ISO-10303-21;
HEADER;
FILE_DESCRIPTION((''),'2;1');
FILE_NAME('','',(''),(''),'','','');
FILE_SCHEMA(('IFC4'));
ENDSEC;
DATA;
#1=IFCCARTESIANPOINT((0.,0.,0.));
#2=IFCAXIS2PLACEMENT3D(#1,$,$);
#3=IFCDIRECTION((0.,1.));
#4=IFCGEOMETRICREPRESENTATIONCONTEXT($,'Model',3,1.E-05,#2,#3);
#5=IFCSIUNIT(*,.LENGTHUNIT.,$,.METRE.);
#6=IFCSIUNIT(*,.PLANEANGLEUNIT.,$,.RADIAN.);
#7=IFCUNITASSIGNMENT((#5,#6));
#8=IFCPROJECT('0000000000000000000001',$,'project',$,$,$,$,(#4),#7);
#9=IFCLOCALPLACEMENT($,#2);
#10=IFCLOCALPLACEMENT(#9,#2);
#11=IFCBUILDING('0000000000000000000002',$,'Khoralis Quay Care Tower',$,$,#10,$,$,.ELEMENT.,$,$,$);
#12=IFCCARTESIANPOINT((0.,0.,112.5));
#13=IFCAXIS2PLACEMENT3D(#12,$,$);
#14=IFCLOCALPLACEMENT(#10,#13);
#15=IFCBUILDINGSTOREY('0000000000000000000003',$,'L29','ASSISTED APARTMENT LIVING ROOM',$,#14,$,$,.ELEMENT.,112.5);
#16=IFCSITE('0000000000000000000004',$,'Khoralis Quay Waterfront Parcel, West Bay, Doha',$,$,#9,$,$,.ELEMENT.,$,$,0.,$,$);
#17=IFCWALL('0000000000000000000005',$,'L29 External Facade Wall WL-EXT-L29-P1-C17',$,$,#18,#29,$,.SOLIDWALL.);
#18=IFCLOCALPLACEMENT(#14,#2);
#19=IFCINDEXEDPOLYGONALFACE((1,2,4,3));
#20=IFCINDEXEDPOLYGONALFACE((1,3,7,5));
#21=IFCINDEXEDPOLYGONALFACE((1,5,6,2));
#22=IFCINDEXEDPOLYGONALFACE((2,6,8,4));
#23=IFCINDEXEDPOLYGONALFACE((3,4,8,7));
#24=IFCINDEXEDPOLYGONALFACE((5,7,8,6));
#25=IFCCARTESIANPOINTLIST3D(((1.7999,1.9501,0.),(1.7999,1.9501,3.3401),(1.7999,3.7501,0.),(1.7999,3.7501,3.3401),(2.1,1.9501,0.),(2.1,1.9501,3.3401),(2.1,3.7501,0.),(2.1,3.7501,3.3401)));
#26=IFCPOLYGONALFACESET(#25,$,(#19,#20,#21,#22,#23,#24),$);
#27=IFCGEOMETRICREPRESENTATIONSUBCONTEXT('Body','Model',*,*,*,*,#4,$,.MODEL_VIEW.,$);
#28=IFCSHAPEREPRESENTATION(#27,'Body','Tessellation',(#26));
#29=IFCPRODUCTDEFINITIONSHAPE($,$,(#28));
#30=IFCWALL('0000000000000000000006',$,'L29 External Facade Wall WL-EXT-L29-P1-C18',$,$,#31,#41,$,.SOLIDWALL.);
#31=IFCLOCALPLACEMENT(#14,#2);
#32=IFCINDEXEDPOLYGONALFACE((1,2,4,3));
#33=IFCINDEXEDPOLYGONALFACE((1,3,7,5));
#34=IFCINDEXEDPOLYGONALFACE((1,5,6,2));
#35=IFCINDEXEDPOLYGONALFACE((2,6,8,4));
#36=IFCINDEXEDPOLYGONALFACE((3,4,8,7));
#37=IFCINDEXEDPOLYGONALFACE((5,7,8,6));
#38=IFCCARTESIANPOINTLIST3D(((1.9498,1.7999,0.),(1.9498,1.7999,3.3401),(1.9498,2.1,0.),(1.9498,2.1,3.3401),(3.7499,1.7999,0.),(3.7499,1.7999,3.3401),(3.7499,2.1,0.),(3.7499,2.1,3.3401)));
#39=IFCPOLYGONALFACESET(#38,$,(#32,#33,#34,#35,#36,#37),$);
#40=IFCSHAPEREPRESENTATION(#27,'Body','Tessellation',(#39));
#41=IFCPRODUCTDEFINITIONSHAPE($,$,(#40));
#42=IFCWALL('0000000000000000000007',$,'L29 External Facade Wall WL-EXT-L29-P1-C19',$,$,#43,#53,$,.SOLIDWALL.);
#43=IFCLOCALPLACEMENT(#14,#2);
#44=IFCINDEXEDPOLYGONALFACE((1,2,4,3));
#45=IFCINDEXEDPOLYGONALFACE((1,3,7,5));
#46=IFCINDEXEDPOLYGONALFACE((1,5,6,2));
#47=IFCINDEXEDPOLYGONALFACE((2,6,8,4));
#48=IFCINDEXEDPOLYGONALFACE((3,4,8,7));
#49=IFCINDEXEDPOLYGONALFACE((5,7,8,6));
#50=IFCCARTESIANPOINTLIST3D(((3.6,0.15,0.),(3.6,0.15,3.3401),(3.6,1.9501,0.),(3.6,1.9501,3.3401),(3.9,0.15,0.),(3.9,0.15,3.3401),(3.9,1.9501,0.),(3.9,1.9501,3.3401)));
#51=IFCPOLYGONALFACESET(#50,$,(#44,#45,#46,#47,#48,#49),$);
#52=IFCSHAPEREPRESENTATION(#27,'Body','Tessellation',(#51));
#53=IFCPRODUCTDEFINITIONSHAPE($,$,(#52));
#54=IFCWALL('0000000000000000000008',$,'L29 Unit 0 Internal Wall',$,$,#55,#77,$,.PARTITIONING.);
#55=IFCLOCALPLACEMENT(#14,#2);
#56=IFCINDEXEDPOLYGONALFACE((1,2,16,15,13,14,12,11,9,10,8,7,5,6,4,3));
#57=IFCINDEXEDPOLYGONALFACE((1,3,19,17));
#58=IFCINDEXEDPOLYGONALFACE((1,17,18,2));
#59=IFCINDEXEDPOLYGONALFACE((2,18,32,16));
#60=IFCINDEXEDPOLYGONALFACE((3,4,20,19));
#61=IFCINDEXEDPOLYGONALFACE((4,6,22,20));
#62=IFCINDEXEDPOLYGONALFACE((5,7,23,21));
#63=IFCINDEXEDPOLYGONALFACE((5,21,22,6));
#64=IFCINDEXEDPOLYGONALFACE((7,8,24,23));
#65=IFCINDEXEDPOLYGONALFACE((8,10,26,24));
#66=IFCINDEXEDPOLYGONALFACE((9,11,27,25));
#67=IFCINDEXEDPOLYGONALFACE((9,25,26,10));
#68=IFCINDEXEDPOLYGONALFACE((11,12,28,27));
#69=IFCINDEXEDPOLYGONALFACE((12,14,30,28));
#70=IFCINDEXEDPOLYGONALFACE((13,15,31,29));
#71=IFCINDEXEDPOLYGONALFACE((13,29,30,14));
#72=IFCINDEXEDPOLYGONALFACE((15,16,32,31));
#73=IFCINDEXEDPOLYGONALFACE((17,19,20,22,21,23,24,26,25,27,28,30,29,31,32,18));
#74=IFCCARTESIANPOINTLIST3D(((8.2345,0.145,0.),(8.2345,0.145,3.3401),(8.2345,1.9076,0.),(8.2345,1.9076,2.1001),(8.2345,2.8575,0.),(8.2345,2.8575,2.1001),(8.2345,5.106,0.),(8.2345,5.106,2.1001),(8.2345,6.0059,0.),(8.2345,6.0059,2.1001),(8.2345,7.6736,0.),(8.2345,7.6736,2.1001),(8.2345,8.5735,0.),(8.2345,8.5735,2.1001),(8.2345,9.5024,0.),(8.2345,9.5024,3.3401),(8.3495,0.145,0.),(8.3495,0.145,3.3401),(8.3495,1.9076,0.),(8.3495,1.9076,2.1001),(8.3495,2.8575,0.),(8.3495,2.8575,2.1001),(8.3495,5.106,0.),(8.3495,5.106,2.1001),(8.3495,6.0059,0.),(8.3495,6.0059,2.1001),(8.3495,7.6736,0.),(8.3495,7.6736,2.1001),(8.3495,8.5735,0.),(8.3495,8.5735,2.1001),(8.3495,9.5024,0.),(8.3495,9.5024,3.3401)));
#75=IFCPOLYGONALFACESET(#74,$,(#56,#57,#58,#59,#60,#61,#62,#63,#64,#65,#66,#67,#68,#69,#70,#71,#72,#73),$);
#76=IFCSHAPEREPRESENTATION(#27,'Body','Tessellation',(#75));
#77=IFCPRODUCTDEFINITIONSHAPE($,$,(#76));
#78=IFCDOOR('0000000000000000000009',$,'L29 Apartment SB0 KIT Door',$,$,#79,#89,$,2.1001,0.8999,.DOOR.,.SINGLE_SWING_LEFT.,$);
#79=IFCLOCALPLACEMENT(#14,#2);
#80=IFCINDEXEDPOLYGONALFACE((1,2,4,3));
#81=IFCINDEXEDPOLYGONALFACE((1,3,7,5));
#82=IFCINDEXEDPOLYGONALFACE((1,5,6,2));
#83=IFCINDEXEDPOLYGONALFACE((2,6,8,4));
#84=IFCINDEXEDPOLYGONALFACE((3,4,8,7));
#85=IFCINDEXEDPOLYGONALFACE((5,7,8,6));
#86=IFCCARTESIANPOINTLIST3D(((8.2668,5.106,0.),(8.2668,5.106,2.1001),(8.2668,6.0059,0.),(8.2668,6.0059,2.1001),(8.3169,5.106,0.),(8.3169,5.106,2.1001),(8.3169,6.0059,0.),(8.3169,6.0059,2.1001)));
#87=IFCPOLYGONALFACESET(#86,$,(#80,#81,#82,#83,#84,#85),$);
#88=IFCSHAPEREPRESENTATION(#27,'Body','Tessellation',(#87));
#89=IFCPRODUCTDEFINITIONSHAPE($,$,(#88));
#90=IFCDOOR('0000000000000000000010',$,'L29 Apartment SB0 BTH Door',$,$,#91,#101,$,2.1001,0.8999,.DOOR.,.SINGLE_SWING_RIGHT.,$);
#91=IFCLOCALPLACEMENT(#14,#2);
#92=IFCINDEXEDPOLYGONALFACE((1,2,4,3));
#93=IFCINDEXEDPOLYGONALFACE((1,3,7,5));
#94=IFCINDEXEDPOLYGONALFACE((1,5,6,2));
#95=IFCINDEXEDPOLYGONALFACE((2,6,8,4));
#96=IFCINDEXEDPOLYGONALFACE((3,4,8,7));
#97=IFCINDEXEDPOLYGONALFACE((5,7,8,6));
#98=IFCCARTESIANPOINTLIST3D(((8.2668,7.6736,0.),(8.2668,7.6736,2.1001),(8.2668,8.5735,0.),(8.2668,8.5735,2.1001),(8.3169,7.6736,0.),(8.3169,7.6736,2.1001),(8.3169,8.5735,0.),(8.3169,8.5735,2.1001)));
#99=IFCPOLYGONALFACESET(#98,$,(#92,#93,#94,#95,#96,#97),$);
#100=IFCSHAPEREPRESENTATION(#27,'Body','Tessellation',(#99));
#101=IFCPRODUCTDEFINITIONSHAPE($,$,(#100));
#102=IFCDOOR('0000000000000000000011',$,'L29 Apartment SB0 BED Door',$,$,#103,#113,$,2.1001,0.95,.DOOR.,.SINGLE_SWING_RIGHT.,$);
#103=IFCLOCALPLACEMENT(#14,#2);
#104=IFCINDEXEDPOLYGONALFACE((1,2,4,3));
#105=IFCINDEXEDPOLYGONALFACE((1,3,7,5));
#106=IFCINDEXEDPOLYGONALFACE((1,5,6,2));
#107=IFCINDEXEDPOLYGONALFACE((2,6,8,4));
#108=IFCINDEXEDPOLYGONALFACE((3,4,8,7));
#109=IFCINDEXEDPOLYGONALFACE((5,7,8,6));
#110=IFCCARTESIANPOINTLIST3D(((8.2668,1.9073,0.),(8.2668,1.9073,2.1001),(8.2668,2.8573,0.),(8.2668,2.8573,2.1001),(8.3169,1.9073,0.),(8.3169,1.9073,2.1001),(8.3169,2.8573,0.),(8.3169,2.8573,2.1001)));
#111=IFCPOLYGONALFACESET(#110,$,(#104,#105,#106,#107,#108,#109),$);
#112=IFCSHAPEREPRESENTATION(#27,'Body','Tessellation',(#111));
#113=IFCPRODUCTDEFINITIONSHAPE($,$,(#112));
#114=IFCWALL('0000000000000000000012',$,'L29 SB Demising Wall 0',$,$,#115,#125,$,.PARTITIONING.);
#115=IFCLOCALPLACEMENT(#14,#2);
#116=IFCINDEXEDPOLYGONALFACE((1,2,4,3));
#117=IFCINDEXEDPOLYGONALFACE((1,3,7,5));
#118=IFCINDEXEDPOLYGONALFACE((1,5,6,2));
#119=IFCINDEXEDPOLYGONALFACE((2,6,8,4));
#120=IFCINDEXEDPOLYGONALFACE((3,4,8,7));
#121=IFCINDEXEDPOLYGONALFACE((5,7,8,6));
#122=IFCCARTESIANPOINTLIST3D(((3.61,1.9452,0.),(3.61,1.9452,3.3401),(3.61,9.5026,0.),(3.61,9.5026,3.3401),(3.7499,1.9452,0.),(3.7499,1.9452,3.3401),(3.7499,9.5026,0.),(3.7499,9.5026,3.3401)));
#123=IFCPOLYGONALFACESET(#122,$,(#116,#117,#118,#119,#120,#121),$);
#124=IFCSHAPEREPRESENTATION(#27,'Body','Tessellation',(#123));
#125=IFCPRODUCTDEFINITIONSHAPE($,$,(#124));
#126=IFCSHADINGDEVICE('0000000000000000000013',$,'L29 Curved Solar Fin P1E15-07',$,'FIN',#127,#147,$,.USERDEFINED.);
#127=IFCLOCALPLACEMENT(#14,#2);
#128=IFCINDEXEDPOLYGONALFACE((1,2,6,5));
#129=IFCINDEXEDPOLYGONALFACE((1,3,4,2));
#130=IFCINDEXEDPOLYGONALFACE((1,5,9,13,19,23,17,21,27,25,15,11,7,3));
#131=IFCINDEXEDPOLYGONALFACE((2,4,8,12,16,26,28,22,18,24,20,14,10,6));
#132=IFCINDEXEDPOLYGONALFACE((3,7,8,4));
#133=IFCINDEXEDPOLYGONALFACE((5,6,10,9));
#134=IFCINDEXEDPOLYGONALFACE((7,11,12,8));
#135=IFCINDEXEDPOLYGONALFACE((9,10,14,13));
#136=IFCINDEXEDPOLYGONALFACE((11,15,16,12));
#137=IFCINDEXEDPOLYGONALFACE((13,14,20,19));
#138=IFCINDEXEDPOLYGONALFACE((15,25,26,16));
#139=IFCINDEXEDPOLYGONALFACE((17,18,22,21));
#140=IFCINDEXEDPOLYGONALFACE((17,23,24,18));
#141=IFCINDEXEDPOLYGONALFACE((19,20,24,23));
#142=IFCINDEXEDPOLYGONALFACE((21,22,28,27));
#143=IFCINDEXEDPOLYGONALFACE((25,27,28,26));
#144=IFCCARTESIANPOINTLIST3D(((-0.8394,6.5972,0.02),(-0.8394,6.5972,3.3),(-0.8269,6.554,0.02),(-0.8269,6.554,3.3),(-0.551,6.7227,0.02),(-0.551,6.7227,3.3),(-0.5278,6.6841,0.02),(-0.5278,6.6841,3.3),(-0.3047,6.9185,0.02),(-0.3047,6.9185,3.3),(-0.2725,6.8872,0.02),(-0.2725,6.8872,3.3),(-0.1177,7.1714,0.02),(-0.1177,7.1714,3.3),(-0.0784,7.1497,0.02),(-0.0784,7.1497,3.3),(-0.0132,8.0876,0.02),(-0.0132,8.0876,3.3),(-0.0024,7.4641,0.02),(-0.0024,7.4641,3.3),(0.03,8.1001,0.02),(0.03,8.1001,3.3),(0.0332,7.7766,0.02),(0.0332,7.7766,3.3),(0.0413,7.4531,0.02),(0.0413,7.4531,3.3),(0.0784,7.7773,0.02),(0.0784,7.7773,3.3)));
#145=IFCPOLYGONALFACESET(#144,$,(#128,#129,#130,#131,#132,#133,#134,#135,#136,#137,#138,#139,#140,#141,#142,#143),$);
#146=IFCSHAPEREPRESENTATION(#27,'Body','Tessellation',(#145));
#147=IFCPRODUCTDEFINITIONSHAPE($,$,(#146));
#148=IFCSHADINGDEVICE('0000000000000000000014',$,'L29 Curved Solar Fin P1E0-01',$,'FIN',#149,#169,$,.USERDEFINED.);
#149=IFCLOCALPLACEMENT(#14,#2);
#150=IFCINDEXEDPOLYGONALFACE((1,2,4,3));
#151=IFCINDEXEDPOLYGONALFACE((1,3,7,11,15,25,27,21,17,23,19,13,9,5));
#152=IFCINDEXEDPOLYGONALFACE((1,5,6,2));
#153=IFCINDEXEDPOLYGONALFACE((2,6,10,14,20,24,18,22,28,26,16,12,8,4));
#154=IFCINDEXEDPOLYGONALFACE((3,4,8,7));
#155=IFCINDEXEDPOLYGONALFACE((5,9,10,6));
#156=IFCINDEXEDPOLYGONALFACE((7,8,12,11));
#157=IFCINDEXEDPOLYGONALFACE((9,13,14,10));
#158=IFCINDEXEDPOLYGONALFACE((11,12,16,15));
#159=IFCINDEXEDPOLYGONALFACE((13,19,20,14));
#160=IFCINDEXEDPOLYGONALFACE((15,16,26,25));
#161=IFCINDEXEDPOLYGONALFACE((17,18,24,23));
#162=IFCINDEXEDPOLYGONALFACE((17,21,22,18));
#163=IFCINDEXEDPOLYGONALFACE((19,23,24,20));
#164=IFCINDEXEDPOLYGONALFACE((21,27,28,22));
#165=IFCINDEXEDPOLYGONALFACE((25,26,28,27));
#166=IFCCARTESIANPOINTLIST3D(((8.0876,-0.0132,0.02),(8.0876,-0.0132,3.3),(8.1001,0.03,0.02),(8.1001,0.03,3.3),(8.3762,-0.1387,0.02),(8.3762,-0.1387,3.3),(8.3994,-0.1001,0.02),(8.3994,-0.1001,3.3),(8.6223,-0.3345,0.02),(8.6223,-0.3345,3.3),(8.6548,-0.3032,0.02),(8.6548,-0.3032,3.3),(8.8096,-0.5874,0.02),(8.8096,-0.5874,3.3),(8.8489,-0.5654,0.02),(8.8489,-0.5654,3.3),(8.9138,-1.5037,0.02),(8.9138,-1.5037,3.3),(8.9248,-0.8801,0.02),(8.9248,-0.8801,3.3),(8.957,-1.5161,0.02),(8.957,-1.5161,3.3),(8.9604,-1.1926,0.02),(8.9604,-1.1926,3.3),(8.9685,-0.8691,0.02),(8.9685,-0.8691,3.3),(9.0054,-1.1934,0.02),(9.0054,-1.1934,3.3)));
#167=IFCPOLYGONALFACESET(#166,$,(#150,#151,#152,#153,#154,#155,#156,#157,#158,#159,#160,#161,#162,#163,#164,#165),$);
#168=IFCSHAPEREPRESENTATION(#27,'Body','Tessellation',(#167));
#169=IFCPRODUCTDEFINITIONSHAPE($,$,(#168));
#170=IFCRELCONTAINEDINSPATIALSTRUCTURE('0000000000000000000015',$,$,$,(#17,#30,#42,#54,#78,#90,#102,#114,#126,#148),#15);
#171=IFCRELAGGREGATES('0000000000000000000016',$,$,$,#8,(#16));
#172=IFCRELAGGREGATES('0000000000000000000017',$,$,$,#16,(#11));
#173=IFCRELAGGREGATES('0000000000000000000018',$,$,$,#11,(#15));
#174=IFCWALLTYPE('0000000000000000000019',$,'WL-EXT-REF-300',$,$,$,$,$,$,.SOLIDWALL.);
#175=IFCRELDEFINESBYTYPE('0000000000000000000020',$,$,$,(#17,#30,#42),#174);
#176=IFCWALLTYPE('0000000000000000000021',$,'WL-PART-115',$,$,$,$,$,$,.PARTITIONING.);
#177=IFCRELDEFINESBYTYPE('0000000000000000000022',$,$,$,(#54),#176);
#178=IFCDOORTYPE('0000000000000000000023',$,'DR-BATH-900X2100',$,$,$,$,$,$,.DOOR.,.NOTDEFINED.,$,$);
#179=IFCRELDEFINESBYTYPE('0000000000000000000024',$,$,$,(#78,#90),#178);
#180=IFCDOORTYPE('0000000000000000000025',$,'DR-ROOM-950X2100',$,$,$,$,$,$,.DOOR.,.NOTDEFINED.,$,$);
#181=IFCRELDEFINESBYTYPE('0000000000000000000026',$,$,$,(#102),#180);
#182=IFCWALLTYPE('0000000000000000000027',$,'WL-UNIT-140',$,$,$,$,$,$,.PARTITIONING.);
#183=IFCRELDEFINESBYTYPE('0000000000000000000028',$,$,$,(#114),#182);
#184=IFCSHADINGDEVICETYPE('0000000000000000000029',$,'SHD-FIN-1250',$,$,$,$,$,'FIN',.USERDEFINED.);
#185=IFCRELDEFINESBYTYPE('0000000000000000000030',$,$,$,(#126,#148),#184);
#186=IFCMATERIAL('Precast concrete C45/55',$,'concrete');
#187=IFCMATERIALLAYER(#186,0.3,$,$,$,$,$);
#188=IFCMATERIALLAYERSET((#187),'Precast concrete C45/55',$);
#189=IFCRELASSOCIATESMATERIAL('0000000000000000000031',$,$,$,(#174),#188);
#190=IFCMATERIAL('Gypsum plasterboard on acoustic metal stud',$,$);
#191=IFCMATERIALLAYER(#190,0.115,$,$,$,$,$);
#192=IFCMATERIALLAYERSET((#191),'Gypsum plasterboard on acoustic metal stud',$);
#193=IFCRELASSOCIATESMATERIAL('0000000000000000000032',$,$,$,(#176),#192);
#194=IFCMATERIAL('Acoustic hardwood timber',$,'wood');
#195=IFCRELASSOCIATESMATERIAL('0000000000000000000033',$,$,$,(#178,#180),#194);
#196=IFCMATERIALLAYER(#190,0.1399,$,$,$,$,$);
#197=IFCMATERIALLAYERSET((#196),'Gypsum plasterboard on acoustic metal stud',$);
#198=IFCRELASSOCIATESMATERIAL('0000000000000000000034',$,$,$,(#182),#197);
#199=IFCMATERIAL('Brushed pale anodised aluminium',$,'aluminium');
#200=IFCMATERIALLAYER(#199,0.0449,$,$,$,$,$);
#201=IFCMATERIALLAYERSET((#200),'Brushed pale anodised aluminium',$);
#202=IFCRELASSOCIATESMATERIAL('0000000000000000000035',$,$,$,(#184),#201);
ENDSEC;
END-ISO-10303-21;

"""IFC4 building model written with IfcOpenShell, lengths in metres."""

from ifc_helpers import new_model, si_unit, direction, frame, frame_2d, origin, place, context, subcontext, project, spatial, polyline, rectangle, outline, extrude, source, transform, mapped, material, layer, layer_set, type_object, element, fill, save


model = new_model("IFC4")

# Units and contexts
model_context = context("Model", 3, precision=1e-05, world=origin(), true_north=direction((0.0, 1.0)))
body_context = subcontext(model_context, "Body", "Model", "MODEL_VIEW")
ifc_project = project(units=[si_unit("LENGTHUNIT", "METRE"), si_unit("PLANEANGLEUNIT", "RADIAN")], contexts=[model_context])

# Site, building, storey
site_placement = place(None, origin())
site = spatial("IfcSite", under=ifc_project, at=site_placement, Name="Khoralis Quay Waterfront Parcel, West Bay, Doha", CompositionType="ELEMENT", RefElevation=0.0)
building_placement = place(site_placement, origin())
building = spatial("IfcBuilding", under=site, at=building_placement, Name="Khoralis Quay Care Tower", CompositionType="ELEMENT")
storey_placement = place(building_placement, frame((0.0, 0.0, 112.5)))
storey = spatial("IfcBuildingStorey", under=building, at=storey_placement, Name="L29", Description="ASSISTED APARTMENT LIVING ROOM", CompositionType="ELEMENT", Elevation=112.5)

# Shared definitions
ifc_material_1 = material(Name="Precast concrete C45/55", Category="concrete")

# Shared definitions
ifc_layer_1 = layer(ifc_material_1, 0.3)
ifc_layer_set_1 = layer_set([ifc_layer_1], Name="Precast concrete C45/55")
wall_type_1 = type_object("IfcWallType", Name="WL-EXT-REF-300", PredefinedType="SOLIDWALL", material=ifc_layer_set_1)

# Walls
for number, where, z_axis, x_axis, name in (
    (1, (1.95, 3.75, 0.0), (0.0, 0.0, 1.0), (0.0, -1.0, 0.0), "L29 External Facade Wall WL-EXT-L29-P1-C17"),
    (2, (1.95, 1.95, 0.0), (0.0, 0.0, 1.0), (1.0, 0.0, 0.0), "L29 External Facade Wall WL-EXT-L29-P1-C18"),
    (3, (3.75, 1.95, 0.0), (0.0, 0.0, 1.0), (0.0, -1.0, 0.0), "L29 External Facade Wall WL-EXT-L29-P1-C19"),
):
    element("IfcWall", number, at=place(storey_placement, frame(where, z_axis=z_axis, x_axis=x_axis)), inside=storey, type_object=wall_type_1, Name=name, PredefinedType="SOLIDWALL", context=body_context, shape_type="SweptSolid", body=[
        extrude(rectangle(XDim=1.8, YDim=0.3, at=frame_2d((0.8999, 0.0))), origin(), (0.0, 0.0, 1.0), 3.3401),
    ])

# Wall, openings, doors
ifc_material_2 = material(Name="Gypsum plasterboard on acoustic metal stud")
ifc_layer_2 = layer(ifc_material_2, 0.115)
ifc_layer_set_2 = layer_set([ifc_layer_2], Name="Gypsum plasterboard on acoustic metal stud")
wall_type_2 = type_object("IfcWallType", Name="WL-PART-115", PredefinedType="PARTITIONING", material=ifc_layer_set_2)
wall_1_placement = place(storey_placement, frame((8.292, 0.145, 0.0), z_axis=(0.0, 0.0, 1.0), x_axis=(0.0, 1.0, 0.0)))
wall_1 = element("IfcWall", 4, at=wall_1_placement, inside=storey, type_object=wall_type_2, Name="L29 Unit 0 Internal Wall", PredefinedType="PARTITIONING", context=body_context, shape_type="SweptSolid", body=[
    extrude(rectangle(XDim=9.3574, YDim=0.115, at=frame_2d((4.6787, 0.0))), origin(), (0.0, 0.0, 1.0), 3.3401),
])
opening_1_placement = place(wall_1_placement, frame((1.7625, 0.0, 0.0)))
opening_1 = element("IfcOpeningElement", 5, at=opening_1_placement, cuts=wall_1, PredefinedType="OPENING", context=body_context, shape_type="SweptSolid", body=[
    extrude(rectangle(XDim=0.95, YDim=2.1001, at=frame_2d((0.4751, 1.05))), frame((0.0, 0.0674, 0.0), z_axis=(0.0, -1.0, 0.0), x_axis=(1.0, 0.0, 0.0)), (0.0, 0.0, 1.0), 0.135),
])
opening_2_placement = place(wall_1_placement, frame((4.9609, 0.0, 0.0)))
opening_2 = element("IfcOpeningElement", 6, at=opening_2_placement, cuts=wall_1, PredefinedType="OPENING", context=body_context, shape_type="SweptSolid", body=[
    extrude(rectangle(XDim=0.8999, YDim=2.1001, at=frame_2d((0.45, 1.05))), frame((0.0, 0.0674, 0.0), z_axis=(0.0, -1.0, 0.0), x_axis=(1.0, 0.0, 0.0)), (0.0, 0.0, 1.0), 0.135),
])
opening_3_placement = place(wall_1_placement, frame((7.5286, 0.0, 0.0)))
opening_3 = element("IfcOpeningElement", 7, at=opening_3_placement, cuts=wall_1, PredefinedType="OPENING", context=body_context, shape_type="SweptSolid", body=[
    extrude(rectangle(XDim=0.8999, YDim=2.1001, at=frame_2d((0.45, 1.05))), frame((0.0, 0.0674, 0.0), z_axis=(0.0, -1.0, 0.0), x_axis=(1.0, 0.0, 0.0)), (0.0, 0.0, 1.0), 0.135),
])
ifc_material_3 = material(Name="Acoustic hardwood timber", Category="wood")
door_type_1 = type_object("IfcDoorType", Name="DR-BATH-900X2100", OperationType="NOTDEFINED", PredefinedType="DOOR", material=ifc_material_3)
shared_shape_1 = source(origin(), body_context, "Body", "SweptSolid", [
    extrude(rectangle(XDim=0.8999, YDim=2.1001, at=frame_2d((0.45, 1.05))), frame((0.0, 0.0249, 0.0), z_axis=(0.0, -1.0, 0.0), x_axis=(1.0, 0.0, 0.0)), (0.0, 0.0, 1.0), 0.05),
])
door_1_placement = place(opening_2_placement, frame((0.8999, 0.0, 0.0), z_axis=(0.0, 0.0, 1.0), x_axis=(-1.0, 0.0, 0.0)))
door_1 = element("IfcDoor", 8, at=door_1_placement, inside=storey, type_object=door_type_1, Name="L29 Apartment SB0 KIT Door", OperationType="SINGLE_SWING_LEFT", OverallHeight=2.1001, OverallWidth=0.8999, PredefinedType="DOOR", context=body_context, shape_type="MappedRepresentation", body=[
    mapped(shared_shape_1, transform((0.0, 0.0, 0.0), scale=1.0)),
])
fill(opening_2, door_1)
door_2_placement = place(opening_3_placement, frame((0.8999, 0.0, 0.0), z_axis=(0.0, 0.0, 1.0), x_axis=(-1.0, 0.0, 0.0)))
door_2 = element("IfcDoor", 9, at=door_2_placement, inside=storey, type_object=door_type_1, Name="L29 Apartment SB0 BTH Door", OperationType="SINGLE_SWING_RIGHT", OverallHeight=2.1001, OverallWidth=0.8999, PredefinedType="DOOR", context=body_context, shape_type="MappedRepresentation", body=[
    mapped(shared_shape_1, transform((0.0, 0.0, 0.0), scale=1.0)),
])
fill(opening_3, door_2)
door_type_2 = type_object("IfcDoorType", Name="DR-ROOM-950X2100", OperationType="NOTDEFINED", PredefinedType="DOOR", material=ifc_material_3)
shared_shape_2 = source(origin(), body_context, "Body", "SweptSolid", [
    extrude(rectangle(XDim=0.95, YDim=2.1001, at=frame_2d((0.4751, 1.05))), frame((0.0, 0.0249, 0.0), z_axis=(0.0, -1.0, 0.0), x_axis=(1.0, 0.0, 0.0)), (0.0, 0.0, 1.0), 0.05),
])
door_3_placement = place(opening_1_placement, frame((0.95, 0.0, 0.0), z_axis=(0.0, 0.0, 1.0), x_axis=(-1.0, 0.0, 0.0)))
door_3 = element("IfcDoor", 10, at=door_3_placement, inside=storey, type_object=door_type_2, Name="L29 Apartment SB0 BED Door", OperationType="SINGLE_SWING_RIGHT", OverallHeight=2.1001, OverallWidth=0.95, PredefinedType="DOOR", context=body_context, shape_type="MappedRepresentation", body=[
    mapped(shared_shape_2, transform((0.0, 0.0, 0.0), scale=1.0)),
])
fill(opening_1, door_3)

# Wall
ifc_layer_3 = layer(ifc_material_2, 0.1399)
ifc_layer_set_3 = layer_set([ifc_layer_3], Name="Gypsum plasterboard on acoustic metal stud")
wall_type_3 = type_object("IfcWallType", Name="WL-UNIT-140", PredefinedType="PARTITIONING", material=ifc_layer_set_3)
wall_2_placement = place(storey_placement, frame((3.6799, 1.9451, 0.0), z_axis=(0.0, 0.0, 1.0), x_axis=(0.0, 1.0, 0.0)))
element("IfcWall", 11, at=wall_2_placement, inside=storey, type_object=wall_type_3, Name="L29 SB Demising Wall 0", PredefinedType="PARTITIONING", context=body_context, shape_type="SweptSolid", body=[
    extrude(rectangle(XDim=7.5574, YDim=0.1399, at=frame_2d((3.7788, 0.0))), origin(), (0.0, 0.0, 1.0), 3.3401),
])

# Shading devices
ifc_material_4 = material(Name="Brushed pale anodised aluminium", Category="aluminium")
ifc_layer_4 = layer(ifc_material_4, 0.0449)
ifc_layer_set_4 = layer_set([ifc_layer_4], Name="Brushed pale anodised aluminium")
shading_device_type = type_object("IfcShadingDeviceType", Name="SHD-FIN-1250", ElementType="FIN", PredefinedType="USERDEFINED", material=ifc_layer_set_4)
shared_shape_3 = source(origin(), body_context, "Body", "SweptSolid", [
    extrude(outline(polyline([(0.0, 0.0), (-0.0483, 0.3228), (-0.0112, 0.647), (0.1084, 0.9504), (0.3025, 1.2129), (0.5579, 1.416), (0.8569, 1.5461), (0.8694, 1.5029), (0.5811, 1.3774), (0.3347, 1.1816), (0.1477, 0.9287), (0.0325, 0.636), (-0.0032, 0.3235), (0.0432, 0.0125), (0.0, 0.0)])), origin(), (0.0, 0.0, 1.0), 3.28),
])
shading_device_1_placement = place(storey_placement, frame((0.03, 8.1001, 0.02), z_axis=(0.0, 0.0, 1.0), x_axis=(-1.0, 0.0, 0.0)))
element("IfcShadingDevice", 12, at=shading_device_1_placement, inside=storey, type_object=shading_device_type, Name="L29 Curved Solar Fin P1E15-07", ObjectType="FIN", PredefinedType="USERDEFINED", context=body_context, shape_type="MappedRepresentation", body=[
    mapped(shared_shape_3, transform((0.0, 0.0, 0.0), scale=1.0)),
])
shared_shape_4 = source(origin(), body_context, "Body", "SweptSolid", [
    extrude(outline(polyline([(0.0, 0.0), (0.1301, 0.2993), (0.3333, 0.5547), (0.5955, 0.7488), (0.8992, 0.8684), (1.2234, 0.9053), (1.5461, 0.8569), (1.5337, 0.8137), (1.2227, 0.8604), (0.9102, 0.8247), (0.6174, 0.7095), (0.3645, 0.5222), (0.1687, 0.2761), (0.0432, -0.0125), (0.0, 0.0)])), origin(), (0.0, 0.0, 1.0), 3.28),
])
shading_device_2_placement = place(storey_placement, frame((8.1001, 0.03, 0.02), z_axis=(0.0, 0.0, 1.0), x_axis=(0.0, -1.0, 0.0)))
element("IfcShadingDevice", 13, at=shading_device_2_placement, inside=storey, type_object=shading_device_type, Name="L29 Curved Solar Fin P1E0-01", ObjectType="FIN", PredefinedType="USERDEFINED", context=body_context, shape_type="MappedRepresentation", body=[
    mapped(shared_shape_4, transform((0.0, 0.0, 0.0), scale=1.0)),
])

save(model, "model.ifc")
